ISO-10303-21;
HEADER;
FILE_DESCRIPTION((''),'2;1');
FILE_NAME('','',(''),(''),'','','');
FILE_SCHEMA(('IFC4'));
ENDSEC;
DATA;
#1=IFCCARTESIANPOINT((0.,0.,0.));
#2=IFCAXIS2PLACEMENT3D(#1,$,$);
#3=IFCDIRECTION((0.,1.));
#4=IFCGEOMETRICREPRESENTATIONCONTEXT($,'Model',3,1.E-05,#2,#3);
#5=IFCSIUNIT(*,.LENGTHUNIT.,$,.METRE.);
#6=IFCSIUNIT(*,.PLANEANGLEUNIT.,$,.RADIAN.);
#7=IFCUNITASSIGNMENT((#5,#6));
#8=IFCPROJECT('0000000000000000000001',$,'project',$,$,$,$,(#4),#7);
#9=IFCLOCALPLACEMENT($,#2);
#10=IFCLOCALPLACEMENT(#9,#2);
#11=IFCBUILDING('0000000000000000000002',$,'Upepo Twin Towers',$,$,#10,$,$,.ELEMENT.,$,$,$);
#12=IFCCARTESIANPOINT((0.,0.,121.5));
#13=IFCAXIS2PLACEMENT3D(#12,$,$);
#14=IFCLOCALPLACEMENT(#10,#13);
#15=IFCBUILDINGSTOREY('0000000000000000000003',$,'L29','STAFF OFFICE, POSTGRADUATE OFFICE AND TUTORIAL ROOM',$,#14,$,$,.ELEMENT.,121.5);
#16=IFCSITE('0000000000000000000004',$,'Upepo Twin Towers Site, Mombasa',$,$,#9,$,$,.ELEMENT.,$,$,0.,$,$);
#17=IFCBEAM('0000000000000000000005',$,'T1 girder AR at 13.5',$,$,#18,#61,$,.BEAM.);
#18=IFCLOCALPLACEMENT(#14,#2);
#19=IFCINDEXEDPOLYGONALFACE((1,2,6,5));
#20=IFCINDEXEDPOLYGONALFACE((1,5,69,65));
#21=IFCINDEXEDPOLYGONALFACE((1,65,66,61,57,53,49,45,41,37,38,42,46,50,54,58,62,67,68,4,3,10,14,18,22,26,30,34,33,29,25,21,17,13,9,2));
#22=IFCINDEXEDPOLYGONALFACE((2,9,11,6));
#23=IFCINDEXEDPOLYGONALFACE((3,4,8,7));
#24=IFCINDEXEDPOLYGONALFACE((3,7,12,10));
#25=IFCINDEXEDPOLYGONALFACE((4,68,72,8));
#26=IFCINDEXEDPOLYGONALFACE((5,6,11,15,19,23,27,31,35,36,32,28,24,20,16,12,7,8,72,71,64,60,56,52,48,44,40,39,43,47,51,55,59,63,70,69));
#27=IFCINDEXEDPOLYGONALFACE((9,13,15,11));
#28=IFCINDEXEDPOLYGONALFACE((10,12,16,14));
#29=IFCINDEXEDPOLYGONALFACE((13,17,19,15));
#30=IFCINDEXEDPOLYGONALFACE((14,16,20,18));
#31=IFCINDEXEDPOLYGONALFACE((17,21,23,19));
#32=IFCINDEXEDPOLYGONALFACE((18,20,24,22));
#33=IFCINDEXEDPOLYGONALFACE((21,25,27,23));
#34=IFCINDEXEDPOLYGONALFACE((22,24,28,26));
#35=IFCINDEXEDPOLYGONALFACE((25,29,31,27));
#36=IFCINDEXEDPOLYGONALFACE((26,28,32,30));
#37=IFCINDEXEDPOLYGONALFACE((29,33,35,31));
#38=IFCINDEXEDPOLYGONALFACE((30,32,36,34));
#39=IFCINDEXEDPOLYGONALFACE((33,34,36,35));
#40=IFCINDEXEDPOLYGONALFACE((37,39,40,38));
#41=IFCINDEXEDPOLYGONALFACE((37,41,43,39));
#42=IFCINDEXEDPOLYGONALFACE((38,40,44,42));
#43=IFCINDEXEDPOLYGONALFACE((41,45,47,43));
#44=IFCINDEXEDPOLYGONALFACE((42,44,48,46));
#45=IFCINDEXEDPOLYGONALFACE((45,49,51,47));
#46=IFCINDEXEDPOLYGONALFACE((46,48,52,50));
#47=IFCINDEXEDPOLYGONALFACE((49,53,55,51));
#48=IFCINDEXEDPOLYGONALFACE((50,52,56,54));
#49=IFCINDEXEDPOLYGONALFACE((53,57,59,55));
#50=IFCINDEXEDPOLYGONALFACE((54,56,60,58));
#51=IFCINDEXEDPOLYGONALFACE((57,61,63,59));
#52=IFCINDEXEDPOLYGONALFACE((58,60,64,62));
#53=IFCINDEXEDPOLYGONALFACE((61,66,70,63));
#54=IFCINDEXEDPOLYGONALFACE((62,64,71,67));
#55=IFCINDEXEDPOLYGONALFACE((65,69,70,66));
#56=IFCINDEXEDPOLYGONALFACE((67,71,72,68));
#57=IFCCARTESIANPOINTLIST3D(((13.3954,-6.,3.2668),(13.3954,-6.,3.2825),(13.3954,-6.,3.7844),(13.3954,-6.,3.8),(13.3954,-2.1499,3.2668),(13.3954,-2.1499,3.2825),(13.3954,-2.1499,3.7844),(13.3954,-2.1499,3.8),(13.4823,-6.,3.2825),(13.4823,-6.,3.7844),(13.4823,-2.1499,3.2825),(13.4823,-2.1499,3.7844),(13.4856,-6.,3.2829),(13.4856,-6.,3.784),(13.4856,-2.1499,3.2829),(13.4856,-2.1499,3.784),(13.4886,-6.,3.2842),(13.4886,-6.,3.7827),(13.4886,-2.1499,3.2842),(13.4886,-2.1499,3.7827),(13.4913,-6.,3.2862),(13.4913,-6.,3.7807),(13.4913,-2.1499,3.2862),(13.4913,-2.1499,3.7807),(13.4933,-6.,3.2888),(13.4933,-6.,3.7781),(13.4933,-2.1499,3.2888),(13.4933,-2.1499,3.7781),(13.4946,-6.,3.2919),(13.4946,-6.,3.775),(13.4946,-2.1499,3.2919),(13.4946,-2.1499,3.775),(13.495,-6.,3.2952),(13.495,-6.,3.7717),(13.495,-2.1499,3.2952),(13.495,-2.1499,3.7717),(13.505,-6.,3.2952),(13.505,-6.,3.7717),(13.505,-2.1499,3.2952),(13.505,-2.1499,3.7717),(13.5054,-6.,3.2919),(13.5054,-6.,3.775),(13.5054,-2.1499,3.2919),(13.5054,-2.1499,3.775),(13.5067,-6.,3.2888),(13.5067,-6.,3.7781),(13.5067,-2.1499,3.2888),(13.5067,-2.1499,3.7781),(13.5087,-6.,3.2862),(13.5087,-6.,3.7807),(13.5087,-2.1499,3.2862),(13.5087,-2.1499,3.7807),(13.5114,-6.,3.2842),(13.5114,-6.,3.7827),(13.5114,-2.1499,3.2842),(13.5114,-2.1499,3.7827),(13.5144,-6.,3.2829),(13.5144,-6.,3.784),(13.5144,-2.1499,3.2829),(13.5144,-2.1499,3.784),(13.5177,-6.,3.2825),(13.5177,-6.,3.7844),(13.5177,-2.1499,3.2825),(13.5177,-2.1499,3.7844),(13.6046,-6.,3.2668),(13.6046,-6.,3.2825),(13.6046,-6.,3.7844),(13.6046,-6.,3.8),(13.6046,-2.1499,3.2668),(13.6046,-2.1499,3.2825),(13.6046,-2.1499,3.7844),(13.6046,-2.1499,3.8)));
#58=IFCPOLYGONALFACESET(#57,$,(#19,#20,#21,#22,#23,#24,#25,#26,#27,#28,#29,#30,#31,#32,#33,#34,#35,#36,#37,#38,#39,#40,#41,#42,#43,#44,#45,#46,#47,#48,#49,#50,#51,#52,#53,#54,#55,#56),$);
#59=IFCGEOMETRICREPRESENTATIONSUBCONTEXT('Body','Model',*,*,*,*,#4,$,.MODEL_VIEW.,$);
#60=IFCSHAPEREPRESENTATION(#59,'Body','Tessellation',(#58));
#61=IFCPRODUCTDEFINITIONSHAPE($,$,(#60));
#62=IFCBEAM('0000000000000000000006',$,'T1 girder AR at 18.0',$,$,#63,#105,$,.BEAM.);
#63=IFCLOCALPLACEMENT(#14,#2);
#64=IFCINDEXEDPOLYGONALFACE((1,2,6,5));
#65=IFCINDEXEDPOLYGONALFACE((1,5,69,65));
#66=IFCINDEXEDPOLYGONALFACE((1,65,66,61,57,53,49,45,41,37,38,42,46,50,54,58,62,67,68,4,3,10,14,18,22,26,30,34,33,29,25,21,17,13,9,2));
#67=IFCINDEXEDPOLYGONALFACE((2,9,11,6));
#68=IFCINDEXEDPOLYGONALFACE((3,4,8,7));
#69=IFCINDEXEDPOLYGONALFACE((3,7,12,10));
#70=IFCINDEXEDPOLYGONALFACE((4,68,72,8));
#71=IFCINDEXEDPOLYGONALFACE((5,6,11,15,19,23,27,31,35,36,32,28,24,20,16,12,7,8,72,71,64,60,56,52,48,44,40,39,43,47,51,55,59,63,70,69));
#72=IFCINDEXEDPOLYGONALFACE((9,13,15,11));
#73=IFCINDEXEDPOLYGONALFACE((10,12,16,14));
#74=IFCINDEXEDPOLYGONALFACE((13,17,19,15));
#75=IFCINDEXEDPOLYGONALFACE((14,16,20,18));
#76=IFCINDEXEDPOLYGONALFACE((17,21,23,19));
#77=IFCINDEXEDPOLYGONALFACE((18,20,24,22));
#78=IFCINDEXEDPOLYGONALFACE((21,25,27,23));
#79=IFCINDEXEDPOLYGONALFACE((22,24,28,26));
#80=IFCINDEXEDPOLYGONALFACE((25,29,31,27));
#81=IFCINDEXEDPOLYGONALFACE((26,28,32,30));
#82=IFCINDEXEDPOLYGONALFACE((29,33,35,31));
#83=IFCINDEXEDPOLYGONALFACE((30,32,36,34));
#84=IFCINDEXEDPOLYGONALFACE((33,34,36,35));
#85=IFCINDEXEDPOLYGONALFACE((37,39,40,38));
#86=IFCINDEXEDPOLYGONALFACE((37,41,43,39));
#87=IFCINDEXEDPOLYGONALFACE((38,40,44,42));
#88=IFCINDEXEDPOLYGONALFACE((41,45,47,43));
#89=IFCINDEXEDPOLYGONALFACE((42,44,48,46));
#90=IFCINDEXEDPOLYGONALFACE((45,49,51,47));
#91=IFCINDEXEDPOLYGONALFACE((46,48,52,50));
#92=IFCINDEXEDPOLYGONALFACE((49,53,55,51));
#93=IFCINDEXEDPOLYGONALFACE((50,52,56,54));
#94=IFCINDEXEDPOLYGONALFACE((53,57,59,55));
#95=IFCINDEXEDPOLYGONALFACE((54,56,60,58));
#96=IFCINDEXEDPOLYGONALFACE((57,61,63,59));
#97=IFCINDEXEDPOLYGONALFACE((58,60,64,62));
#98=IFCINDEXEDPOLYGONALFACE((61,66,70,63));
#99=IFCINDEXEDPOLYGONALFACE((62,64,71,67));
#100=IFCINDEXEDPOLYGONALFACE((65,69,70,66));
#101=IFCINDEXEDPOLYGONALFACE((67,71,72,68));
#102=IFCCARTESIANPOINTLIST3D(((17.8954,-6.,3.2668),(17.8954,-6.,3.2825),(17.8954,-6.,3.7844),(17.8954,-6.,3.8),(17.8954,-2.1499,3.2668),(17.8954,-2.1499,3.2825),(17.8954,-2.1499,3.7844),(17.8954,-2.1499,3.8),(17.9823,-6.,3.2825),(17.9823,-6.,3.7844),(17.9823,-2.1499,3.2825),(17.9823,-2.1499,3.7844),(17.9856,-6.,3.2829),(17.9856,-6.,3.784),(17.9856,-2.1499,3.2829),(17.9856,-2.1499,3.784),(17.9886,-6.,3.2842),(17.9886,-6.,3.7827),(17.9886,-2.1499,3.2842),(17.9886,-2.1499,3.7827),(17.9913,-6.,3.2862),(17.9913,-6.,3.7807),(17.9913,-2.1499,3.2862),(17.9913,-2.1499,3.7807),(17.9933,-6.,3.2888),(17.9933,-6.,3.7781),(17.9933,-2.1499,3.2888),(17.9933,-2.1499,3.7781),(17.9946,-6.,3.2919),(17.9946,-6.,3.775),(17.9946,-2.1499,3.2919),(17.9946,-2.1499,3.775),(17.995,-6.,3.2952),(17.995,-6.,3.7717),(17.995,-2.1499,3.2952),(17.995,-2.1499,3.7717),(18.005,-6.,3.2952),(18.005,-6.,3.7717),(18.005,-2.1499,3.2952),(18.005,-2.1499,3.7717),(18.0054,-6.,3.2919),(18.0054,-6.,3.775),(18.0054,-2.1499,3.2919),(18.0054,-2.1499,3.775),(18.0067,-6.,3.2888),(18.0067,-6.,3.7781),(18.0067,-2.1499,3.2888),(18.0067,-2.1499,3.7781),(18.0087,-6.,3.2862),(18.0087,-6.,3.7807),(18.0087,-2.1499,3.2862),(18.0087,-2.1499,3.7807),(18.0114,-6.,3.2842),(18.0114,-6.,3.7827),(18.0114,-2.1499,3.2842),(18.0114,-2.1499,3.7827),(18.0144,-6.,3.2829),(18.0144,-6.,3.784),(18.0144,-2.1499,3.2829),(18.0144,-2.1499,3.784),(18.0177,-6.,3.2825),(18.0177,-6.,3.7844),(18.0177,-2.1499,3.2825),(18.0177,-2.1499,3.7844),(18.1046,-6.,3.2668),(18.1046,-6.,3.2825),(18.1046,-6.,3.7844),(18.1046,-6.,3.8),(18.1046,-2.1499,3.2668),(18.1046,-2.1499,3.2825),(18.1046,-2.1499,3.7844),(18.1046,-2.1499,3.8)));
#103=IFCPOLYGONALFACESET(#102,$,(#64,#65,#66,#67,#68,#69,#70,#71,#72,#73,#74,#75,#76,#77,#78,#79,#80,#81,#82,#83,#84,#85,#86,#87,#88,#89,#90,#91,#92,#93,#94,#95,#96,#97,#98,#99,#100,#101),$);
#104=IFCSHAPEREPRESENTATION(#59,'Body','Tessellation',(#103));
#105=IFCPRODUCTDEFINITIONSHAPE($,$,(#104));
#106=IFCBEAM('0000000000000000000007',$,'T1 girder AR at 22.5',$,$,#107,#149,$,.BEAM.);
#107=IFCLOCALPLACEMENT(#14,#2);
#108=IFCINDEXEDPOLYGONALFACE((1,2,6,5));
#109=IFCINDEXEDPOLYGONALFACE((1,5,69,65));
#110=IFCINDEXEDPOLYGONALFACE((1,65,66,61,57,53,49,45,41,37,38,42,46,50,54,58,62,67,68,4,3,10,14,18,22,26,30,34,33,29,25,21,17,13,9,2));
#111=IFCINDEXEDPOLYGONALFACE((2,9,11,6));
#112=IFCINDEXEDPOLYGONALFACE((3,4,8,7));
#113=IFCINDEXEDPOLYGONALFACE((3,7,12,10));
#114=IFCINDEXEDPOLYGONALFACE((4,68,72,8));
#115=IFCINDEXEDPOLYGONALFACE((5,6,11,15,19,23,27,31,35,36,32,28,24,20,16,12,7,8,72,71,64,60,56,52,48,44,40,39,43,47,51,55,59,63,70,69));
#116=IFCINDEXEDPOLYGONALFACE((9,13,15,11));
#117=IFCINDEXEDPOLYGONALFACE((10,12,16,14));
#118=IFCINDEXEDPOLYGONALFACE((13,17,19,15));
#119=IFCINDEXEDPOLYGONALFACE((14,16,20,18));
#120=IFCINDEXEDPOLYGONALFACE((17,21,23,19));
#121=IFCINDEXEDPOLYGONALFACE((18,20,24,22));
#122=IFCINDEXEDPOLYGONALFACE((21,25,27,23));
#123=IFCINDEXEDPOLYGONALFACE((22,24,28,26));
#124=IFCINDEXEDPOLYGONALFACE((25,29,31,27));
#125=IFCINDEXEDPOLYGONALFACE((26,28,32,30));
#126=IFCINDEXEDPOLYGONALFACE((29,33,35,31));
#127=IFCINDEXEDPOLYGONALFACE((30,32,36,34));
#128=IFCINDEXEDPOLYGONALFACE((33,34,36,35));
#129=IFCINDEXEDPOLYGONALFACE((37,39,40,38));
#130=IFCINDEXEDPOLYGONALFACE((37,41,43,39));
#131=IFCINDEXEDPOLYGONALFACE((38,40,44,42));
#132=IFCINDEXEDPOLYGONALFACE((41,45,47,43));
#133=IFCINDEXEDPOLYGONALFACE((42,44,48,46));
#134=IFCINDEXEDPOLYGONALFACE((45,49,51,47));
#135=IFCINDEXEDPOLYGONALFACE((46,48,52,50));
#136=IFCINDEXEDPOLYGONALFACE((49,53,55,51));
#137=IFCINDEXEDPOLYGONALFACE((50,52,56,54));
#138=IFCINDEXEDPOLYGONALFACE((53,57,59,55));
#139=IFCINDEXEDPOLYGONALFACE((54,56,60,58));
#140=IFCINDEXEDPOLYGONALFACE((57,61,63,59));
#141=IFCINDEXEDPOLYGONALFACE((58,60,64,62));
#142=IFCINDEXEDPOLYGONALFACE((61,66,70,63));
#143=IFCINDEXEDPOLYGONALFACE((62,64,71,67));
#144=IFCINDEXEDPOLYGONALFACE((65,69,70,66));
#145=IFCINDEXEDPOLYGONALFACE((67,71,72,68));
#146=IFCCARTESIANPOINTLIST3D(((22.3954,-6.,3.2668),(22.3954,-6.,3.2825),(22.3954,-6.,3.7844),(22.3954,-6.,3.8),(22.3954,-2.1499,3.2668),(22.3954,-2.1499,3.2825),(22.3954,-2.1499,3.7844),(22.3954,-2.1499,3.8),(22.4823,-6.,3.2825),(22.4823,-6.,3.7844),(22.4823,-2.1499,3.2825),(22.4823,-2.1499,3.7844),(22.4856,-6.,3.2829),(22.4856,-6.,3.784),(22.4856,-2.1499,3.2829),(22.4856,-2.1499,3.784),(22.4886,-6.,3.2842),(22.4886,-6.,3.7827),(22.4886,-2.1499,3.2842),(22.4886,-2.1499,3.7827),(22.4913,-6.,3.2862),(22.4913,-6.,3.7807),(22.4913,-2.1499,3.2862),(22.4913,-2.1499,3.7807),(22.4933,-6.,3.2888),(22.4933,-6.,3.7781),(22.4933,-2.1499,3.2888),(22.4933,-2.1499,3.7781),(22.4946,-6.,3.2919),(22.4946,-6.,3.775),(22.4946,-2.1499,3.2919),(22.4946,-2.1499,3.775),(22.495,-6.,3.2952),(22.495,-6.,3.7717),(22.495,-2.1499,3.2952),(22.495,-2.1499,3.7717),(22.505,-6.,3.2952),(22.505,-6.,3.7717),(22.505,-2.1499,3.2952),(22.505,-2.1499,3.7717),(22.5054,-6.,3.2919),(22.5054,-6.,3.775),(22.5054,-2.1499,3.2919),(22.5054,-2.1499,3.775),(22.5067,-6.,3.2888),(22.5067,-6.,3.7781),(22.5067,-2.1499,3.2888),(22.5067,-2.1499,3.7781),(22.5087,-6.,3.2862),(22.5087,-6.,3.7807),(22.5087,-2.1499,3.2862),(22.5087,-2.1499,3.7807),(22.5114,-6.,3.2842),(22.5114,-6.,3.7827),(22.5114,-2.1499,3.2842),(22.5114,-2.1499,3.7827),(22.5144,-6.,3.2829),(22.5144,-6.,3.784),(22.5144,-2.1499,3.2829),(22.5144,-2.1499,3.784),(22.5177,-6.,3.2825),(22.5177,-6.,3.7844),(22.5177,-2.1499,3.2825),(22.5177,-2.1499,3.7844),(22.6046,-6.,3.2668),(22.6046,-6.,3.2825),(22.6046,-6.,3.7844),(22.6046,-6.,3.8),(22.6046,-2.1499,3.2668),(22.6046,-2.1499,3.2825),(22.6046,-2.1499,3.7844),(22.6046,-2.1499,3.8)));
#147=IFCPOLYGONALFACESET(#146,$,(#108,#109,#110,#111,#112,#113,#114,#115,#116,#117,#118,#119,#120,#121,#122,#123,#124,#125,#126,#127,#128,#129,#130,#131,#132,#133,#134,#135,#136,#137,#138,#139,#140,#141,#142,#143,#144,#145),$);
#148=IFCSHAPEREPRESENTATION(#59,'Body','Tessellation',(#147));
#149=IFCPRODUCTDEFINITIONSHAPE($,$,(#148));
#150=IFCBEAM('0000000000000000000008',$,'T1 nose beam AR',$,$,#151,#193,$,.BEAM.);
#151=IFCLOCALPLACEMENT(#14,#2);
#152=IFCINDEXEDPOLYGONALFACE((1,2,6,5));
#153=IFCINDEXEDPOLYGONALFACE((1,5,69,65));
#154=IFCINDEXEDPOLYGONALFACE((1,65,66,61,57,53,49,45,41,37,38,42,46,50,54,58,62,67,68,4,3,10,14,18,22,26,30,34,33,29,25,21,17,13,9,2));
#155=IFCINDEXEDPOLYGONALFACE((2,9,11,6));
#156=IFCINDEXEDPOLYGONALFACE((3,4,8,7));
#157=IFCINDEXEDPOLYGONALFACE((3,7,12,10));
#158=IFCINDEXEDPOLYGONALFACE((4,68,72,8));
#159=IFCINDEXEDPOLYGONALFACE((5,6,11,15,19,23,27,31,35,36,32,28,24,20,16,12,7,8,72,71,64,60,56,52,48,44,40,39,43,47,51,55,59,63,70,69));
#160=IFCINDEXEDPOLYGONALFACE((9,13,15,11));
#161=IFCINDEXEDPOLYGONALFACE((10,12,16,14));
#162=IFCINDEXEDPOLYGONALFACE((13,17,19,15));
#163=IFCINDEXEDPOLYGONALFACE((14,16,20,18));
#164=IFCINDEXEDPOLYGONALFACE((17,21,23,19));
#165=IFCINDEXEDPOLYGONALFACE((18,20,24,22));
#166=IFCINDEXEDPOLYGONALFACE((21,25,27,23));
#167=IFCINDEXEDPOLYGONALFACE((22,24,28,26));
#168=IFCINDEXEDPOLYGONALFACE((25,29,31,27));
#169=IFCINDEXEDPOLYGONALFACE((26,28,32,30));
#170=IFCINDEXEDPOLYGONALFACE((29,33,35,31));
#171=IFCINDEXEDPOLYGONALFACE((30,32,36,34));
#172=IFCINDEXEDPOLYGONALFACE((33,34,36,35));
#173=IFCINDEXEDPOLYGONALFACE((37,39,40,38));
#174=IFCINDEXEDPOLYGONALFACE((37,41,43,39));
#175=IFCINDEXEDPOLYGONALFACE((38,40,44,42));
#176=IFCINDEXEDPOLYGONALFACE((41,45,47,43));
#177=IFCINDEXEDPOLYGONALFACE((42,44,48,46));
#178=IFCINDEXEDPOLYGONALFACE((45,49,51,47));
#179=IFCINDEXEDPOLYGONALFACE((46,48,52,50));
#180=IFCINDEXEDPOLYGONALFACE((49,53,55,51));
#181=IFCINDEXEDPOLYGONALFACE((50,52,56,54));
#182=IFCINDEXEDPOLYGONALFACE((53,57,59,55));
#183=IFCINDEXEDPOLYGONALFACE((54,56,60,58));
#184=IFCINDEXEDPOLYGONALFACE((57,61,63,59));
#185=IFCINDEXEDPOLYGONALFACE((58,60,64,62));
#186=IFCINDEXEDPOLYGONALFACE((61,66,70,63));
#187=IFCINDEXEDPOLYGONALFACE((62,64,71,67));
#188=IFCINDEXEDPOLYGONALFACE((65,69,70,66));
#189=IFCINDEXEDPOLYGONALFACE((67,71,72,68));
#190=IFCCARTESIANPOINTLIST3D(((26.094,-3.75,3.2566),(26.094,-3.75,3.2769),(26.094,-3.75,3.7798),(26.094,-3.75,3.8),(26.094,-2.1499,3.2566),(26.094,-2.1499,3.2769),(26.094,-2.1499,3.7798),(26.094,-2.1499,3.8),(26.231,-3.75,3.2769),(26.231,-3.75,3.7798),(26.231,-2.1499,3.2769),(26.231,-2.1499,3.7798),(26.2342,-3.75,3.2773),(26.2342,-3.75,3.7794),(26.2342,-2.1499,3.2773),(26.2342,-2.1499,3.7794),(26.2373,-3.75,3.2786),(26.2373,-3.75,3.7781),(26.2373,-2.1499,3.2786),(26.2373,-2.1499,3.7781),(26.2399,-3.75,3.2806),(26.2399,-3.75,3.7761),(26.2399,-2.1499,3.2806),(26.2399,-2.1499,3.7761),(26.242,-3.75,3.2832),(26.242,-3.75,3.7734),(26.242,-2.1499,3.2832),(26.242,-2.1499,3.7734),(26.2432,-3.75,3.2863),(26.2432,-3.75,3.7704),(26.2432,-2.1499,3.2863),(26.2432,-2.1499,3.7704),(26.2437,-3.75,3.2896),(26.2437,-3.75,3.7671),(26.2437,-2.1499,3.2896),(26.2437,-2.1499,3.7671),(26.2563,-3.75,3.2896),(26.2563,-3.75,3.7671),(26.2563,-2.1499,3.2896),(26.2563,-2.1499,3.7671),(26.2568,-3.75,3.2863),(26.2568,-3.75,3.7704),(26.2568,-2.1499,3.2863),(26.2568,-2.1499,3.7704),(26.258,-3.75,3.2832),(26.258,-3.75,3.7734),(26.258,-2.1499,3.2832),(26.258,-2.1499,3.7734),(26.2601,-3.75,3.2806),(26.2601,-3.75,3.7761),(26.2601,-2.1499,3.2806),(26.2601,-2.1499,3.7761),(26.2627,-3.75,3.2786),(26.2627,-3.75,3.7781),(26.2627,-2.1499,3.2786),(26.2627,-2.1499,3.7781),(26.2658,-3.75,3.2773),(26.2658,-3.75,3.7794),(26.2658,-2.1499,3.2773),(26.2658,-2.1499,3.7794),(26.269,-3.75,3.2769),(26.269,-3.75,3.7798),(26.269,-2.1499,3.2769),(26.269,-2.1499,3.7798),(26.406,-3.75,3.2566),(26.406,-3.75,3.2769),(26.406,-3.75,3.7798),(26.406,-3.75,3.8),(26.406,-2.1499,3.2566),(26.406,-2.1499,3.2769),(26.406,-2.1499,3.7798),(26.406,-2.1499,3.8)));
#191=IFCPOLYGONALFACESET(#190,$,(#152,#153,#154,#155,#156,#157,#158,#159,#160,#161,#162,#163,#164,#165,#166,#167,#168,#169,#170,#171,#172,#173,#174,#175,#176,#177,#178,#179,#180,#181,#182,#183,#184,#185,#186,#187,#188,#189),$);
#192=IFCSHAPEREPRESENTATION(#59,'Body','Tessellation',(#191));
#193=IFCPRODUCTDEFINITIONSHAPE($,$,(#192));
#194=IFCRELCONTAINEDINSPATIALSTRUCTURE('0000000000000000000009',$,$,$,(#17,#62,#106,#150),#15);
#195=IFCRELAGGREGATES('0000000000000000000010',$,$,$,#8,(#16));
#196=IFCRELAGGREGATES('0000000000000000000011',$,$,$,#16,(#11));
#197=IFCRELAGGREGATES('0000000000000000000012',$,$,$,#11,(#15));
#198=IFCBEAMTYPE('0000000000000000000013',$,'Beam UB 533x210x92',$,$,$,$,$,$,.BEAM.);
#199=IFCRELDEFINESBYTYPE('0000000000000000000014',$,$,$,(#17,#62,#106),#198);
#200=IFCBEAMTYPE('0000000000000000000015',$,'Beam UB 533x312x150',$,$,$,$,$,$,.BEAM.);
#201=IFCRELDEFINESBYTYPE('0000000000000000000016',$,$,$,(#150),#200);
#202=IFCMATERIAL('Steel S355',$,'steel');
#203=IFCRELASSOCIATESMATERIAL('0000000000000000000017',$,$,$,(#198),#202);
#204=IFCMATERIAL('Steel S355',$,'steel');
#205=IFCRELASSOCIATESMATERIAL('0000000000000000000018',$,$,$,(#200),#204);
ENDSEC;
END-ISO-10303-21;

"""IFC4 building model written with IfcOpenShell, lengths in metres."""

from ifc_helpers import new_model, si_unit, direction, frame, origin, origin_2d, place, context, subcontext, project, spatial, i_section, extrude, material, material_profile, profile_set, type_object, element, save


model = new_model("IFC4")

# Units and contexts
model_context = context("Model", 3, precision=1e-05, world=origin(), true_north=direction((0.0, 1.0)))
body_context = subcontext(model_context, "Body", "Model", "MODEL_VIEW")
ifc_project = project(units=[si_unit("LENGTHUNIT", "METRE"), si_unit("PLANEANGLEUNIT", "RADIAN")], contexts=[model_context])

# Site, building, storey
site_placement = place(None, origin())
site = spatial("IfcSite", under=ifc_project, at=site_placement, Name="Upepo Twin Towers Site, Mombasa", CompositionType="ELEMENT", RefElevation=0.0)
building_placement = place(site_placement, origin())
building = spatial("IfcBuilding", under=site, at=building_placement, Name="Upepo Twin Towers", CompositionType="ELEMENT")
storey_placement = place(building_placement, frame((0.0, 0.0, 121.5)))
storey = spatial("IfcBuildingStorey", under=building, at=storey_placement, Name="L29", Description="STAFF OFFICE, POSTGRADUATE OFFICE AND TUTORIAL ROOM", CompositionType="ELEMENT", Elevation=121.5)

# Beams
ifc_material_1 = material(Name="Steel S355", Category="steel")
ifc_material_profile_1 = material_profile(ifc_material_1, i_section(OverallWidth=0.2092, OverallDepth=0.5332, WebThickness=0.01, FlangeThickness=0.0156, FilletRadius=0.0127, at=origin_2d()), Name="UB 533x210x92")
ifc_profile_set_1 = profile_set([ifc_material_profile_1], Name="Steel S355")
beam_type_1 = type_object("IfcBeamType", Name="Beam UB 533x210x92", PredefinedType="BEAM", material=ifc_profile_set_1)
for number, where, z_axis, x_axis, name in (
    (1, (13.5, -6.0, 3.5334), (0.0, 1.0, 0.0), (-1.0, 0.0, 0.0), "T1 girder AR at 13.5"),
    (2, (18.0, -6.0, 3.5334), (0.0, 1.0, 0.0), (-1.0, 0.0, 0.0), "T1 girder AR at 18.0"),
    (3, (22.5, -6.0, 3.5334), (0.0, 1.0, 0.0), (-1.0, 0.0, 0.0), "T1 girder AR at 22.5"),
):
    element("IfcBeam", number, at=place(storey_placement, frame(where, z_axis=z_axis, x_axis=x_axis)), inside=storey, type_object=beam_type_1, Name=name, PredefinedType="BEAM", context=body_context, shape_type="SweptSolid", body=[
        extrude(i_section(OverallWidth=0.2092, OverallDepth=0.5332, WebThickness=0.01, FlangeThickness=0.0156, FilletRadius=0.0127, at=origin_2d()), origin(), (0.0, 0.0, 1.0), 3.8501),
    ])
ifc_material_2 = material(Name="Steel S355", Category="steel")
ifc_material_profile_2 = material_profile(ifc_material_2, i_section(OverallWidth=0.312, OverallDepth=0.5435, WebThickness=0.0127, FlangeThickness=0.0203, FilletRadius=0.0127, at=origin_2d()), Name="UB 533x312x150")
ifc_profile_set_2 = profile_set([ifc_material_profile_2], Name="Steel S355")
beam_type_2 = type_object("IfcBeamType", Name="Beam UB 533x312x150", PredefinedType="BEAM", material=ifc_profile_set_2)
beam_1_placement = place(storey_placement, frame((26.25, -3.75, 3.5283), z_axis=(0.0, 1.0, 0.0), x_axis=(-1.0, 0.0, 0.0)))
element("IfcBeam", 4, at=beam_1_placement, inside=storey, type_object=beam_type_2, Name="T1 nose beam AR", PredefinedType="BEAM", context=body_context, shape_type="SweptSolid", body=[
    extrude(i_section(OverallWidth=0.312, OverallDepth=0.5435, WebThickness=0.0127, FlangeThickness=0.0203, FilletRadius=0.0127, at=origin_2d()), origin(), (0.0, 0.0, 1.0), 1.6001),
])

save(model, "model.ifc")
